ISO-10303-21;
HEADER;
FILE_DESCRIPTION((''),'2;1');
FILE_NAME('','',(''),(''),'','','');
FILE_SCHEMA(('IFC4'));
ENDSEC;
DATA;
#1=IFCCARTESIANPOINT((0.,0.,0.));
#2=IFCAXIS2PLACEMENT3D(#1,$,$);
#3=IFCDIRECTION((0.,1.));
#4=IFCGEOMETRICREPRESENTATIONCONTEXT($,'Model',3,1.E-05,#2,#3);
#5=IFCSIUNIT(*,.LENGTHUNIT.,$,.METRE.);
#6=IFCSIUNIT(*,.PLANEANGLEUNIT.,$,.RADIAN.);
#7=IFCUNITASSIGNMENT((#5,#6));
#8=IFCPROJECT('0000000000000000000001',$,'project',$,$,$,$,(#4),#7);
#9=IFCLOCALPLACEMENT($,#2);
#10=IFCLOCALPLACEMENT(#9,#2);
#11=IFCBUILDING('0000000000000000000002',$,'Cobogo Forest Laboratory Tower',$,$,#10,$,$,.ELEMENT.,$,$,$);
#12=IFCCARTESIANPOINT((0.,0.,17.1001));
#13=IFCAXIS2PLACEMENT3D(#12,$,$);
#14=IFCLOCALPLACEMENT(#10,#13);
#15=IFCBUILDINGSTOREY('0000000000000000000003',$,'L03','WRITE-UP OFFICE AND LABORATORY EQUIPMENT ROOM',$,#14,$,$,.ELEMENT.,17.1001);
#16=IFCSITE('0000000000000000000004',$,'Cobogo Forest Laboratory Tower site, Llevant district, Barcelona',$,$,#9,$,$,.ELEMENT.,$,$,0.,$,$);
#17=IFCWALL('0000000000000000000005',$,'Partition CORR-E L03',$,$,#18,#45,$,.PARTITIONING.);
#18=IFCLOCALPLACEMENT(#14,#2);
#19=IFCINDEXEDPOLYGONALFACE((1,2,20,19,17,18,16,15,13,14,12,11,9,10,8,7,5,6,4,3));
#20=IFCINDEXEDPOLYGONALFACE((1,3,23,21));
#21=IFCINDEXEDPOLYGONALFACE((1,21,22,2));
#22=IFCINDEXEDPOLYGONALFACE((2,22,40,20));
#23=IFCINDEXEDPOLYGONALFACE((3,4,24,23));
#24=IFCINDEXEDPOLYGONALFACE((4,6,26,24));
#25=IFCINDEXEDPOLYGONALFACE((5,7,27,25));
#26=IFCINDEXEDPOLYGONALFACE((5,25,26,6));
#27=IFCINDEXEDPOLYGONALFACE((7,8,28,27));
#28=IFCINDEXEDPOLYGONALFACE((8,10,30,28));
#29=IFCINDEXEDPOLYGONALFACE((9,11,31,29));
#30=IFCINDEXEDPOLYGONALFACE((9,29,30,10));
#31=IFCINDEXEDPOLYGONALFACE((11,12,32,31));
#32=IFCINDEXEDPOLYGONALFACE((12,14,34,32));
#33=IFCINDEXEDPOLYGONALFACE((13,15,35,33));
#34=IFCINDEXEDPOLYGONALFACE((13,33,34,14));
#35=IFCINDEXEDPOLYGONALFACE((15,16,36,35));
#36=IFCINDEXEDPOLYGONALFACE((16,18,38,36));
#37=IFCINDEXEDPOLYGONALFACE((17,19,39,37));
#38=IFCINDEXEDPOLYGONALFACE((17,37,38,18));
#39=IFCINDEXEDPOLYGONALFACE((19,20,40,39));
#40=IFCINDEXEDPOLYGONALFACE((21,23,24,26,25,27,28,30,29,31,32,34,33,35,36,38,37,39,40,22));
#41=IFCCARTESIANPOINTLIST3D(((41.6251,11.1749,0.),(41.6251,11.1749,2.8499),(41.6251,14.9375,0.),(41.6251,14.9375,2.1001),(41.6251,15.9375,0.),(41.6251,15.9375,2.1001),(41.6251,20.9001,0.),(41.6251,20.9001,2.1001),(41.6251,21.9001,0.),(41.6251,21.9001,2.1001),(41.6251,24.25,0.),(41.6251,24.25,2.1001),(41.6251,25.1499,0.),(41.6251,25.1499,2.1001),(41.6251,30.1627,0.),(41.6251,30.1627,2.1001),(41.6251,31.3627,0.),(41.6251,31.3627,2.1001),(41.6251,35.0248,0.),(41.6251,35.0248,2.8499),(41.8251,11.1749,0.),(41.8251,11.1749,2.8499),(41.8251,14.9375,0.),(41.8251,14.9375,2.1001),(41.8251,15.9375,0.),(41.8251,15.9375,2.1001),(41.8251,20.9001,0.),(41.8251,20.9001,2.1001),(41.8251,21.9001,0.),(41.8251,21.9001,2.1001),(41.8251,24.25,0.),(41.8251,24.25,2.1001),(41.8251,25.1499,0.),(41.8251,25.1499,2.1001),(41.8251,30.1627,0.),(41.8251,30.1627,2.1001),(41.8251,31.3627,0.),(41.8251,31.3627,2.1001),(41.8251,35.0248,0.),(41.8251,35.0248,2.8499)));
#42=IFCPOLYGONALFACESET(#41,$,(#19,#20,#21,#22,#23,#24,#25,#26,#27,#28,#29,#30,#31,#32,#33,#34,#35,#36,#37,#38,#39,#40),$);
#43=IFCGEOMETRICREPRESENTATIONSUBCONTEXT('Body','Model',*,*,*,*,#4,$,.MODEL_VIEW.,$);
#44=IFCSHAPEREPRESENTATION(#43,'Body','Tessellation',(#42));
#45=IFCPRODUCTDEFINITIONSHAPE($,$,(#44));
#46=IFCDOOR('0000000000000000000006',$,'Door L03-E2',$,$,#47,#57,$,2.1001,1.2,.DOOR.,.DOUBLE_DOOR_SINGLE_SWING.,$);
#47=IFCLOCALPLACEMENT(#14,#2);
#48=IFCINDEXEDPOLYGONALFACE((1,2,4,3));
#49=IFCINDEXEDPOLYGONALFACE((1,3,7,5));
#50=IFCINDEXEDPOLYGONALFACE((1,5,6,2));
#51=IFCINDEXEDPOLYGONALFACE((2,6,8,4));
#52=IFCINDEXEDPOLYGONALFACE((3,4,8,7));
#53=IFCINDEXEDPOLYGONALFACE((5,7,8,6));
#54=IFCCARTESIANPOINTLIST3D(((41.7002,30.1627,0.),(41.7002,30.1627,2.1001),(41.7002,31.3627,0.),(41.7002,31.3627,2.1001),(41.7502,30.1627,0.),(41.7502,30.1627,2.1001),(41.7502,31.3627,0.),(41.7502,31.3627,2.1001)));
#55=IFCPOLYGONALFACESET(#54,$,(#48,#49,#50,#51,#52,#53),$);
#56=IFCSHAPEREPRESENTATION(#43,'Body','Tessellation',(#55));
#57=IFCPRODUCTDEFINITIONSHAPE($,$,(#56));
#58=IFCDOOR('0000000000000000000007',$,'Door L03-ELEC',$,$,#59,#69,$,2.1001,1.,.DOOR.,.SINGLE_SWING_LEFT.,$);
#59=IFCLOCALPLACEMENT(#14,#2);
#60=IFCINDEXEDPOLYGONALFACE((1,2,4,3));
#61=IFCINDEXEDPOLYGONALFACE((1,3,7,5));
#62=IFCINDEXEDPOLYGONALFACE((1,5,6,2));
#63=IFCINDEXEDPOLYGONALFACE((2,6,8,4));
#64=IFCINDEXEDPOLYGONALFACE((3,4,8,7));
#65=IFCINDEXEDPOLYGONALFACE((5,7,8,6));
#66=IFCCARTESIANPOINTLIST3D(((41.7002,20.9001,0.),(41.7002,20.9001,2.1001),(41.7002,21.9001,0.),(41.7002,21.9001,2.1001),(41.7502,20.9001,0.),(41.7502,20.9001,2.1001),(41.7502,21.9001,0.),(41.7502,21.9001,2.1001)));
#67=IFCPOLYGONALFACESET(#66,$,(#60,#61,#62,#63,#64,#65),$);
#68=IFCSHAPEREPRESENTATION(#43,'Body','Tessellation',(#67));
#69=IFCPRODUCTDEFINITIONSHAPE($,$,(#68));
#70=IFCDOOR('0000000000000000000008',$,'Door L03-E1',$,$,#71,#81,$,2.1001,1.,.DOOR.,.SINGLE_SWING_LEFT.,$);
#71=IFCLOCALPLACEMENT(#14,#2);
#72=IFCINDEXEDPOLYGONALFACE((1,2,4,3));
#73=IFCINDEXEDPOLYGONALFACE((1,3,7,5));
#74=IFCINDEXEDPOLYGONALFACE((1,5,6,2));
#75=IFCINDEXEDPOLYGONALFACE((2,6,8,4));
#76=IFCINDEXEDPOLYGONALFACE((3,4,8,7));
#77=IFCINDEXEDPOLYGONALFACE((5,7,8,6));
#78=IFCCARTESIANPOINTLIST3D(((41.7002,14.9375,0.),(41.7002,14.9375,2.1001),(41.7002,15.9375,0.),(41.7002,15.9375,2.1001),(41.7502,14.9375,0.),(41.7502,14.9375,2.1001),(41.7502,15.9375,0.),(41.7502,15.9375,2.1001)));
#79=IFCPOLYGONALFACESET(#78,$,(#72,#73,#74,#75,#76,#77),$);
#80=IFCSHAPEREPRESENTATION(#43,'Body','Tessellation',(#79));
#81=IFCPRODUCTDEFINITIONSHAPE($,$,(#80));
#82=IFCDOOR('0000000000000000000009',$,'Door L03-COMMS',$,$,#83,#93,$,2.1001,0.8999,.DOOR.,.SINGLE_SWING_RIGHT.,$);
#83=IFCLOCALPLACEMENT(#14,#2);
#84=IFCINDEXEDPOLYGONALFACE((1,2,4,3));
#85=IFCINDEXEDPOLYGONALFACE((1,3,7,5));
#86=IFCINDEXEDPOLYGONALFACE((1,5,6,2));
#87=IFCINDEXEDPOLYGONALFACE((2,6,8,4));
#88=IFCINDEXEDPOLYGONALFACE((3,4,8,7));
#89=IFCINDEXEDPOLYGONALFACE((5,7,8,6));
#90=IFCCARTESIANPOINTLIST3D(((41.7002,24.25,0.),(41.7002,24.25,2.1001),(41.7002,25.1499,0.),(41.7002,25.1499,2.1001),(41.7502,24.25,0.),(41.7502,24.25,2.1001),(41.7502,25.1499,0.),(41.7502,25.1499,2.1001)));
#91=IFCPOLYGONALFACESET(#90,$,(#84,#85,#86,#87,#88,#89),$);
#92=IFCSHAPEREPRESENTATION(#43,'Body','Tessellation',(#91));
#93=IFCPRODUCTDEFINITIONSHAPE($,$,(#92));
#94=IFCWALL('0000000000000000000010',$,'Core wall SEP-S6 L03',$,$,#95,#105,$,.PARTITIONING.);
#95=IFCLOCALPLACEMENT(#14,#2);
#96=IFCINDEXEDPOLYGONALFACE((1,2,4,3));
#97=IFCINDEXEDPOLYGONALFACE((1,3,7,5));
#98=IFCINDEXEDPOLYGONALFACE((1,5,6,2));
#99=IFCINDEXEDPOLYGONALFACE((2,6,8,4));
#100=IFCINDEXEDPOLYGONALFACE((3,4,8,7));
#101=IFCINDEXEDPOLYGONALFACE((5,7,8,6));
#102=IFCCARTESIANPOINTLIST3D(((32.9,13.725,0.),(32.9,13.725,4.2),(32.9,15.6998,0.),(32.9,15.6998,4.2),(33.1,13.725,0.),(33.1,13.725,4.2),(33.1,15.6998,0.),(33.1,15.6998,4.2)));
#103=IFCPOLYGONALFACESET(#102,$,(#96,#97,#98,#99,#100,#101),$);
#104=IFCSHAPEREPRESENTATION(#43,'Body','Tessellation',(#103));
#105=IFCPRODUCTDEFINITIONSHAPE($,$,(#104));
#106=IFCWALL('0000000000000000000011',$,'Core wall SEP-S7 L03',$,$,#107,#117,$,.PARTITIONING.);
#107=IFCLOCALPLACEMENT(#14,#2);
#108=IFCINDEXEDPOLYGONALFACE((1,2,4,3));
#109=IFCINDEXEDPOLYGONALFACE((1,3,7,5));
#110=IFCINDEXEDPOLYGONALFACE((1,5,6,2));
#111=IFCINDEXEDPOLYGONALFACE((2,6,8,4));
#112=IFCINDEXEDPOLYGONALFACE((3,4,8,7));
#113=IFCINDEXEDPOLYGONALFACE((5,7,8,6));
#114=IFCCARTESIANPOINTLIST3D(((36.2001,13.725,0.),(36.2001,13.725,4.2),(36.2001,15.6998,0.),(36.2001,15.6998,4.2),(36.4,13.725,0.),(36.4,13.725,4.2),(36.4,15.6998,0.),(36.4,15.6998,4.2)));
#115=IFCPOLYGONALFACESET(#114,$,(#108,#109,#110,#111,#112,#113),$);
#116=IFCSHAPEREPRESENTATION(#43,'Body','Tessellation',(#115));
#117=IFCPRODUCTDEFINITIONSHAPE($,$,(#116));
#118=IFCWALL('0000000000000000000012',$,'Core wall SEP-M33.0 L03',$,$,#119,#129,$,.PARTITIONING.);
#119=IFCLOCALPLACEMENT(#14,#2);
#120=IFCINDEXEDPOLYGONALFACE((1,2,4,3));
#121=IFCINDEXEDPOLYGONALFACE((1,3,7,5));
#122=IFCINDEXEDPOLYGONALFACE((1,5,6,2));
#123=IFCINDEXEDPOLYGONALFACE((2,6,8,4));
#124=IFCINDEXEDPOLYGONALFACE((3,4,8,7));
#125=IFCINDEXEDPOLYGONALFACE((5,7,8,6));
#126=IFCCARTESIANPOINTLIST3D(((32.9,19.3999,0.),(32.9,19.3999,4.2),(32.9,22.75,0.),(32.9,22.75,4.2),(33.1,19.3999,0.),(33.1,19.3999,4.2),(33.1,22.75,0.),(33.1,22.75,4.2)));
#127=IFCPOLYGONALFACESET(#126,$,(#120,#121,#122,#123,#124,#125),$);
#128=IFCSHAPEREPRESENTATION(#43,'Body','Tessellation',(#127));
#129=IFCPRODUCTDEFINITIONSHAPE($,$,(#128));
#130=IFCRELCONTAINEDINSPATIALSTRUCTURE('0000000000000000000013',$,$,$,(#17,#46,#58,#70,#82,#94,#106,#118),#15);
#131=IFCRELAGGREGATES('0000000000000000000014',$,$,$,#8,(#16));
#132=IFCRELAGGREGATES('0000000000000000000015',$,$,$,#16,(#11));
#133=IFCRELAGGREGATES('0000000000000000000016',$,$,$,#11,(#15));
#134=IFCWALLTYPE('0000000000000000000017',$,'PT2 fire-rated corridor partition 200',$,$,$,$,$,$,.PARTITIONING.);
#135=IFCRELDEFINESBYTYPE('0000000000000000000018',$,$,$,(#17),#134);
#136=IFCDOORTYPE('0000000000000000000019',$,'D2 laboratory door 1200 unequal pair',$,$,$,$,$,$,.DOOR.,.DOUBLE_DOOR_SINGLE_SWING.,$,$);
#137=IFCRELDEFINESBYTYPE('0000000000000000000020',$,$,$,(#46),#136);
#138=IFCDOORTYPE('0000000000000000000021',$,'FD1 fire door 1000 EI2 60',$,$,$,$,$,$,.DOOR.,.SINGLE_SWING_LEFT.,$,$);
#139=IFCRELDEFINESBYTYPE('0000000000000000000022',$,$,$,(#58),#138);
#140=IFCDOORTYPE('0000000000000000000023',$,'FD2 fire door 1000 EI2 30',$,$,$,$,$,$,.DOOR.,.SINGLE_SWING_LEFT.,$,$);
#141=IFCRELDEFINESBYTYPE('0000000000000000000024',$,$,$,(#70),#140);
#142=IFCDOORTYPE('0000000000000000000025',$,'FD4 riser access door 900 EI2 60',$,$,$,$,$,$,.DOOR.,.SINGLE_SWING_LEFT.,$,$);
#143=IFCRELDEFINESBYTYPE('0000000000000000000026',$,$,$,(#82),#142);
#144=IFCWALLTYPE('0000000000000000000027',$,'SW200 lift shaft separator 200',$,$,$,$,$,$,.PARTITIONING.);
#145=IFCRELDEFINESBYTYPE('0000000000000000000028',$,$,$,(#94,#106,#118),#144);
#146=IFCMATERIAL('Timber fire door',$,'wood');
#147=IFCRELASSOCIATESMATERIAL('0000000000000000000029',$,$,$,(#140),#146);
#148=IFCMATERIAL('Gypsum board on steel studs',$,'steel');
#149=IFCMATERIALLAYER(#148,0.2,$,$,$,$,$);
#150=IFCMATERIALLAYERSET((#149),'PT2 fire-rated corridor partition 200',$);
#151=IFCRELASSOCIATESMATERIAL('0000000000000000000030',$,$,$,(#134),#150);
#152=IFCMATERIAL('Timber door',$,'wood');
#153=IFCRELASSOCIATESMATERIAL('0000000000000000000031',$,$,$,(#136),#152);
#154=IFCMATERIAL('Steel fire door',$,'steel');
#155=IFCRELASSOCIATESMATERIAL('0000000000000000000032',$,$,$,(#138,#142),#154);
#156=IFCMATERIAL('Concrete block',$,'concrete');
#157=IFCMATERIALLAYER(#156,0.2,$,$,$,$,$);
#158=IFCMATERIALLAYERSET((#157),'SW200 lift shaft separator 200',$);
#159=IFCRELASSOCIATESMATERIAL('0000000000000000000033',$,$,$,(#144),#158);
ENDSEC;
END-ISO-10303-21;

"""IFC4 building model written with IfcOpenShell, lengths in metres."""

from ifc_helpers import new_model, si_unit, direction, frame, frame_2d, origin, place, context, subcontext, project, spatial, rectangle, extrude, material, layer, layer_set, type_object, element, fill, save


model = new_model("IFC4")

# Units and contexts
model_context = context("Model", 3, precision=1e-05, world=origin(), true_north=direction((0.0, 1.0)))
body_context = subcontext(model_context, "Body", "Model", "MODEL_VIEW")
ifc_project = project(units=[si_unit("LENGTHUNIT", "METRE"), si_unit("PLANEANGLEUNIT", "RADIAN")], contexts=[model_context])

# Site, building, storey
site_placement = place(None, origin())
site = spatial("IfcSite", under=ifc_project, at=site_placement, Name="Cobogo Forest Laboratory Tower site, Llevant district, Barcelona", CompositionType="ELEMENT", RefElevation=0.0)
building_placement = place(site_placement, origin())
building = spatial("IfcBuilding", under=site, at=building_placement, Name="Cobogo Forest Laboratory Tower", CompositionType="ELEMENT")
storey_placement = place(building_placement, frame((0.0, 0.0, 17.1001)))
storey = spatial("IfcBuildingStorey", under=building, at=storey_placement, Name="L03", Description="WRITE-UP OFFICE AND LABORATORY EQUIPMENT ROOM", CompositionType="ELEMENT", Elevation=17.1001)

# Shared definitions
ifc_material_1 = material(Name="Steel fire door", Category="steel")

# Shared definitions
ifc_material_2 = material(Name="Gypsum board on steel studs", Category="steel")
ifc_material_3 = material(Name="Timber fire door", Category="wood")
door_type_1 = type_object("IfcDoorType", Name="FD2 fire door 1000 EI2 30", OperationType="SINGLE_SWING_LEFT", PredefinedType="DOOR", material=ifc_material_3)

# Wall, openings, doors
ifc_layer_1 = layer(ifc_material_2, 0.2)
ifc_layer_set_1 = layer_set([ifc_layer_1], Name="PT2 fire-rated corridor partition 200")
wall_type_1 = type_object("IfcWallType", Name="PT2 fire-rated corridor partition 200", PredefinedType="PARTITIONING", material=ifc_layer_set_1)
wall_1_placement = place(storey_placement, frame((41.7251, 11.175, 0.0), z_axis=(0.0, 0.0, 1.0), x_axis=(0.0, 1.0, 0.0)))
wall_1 = element("IfcWall", 1, at=wall_1_placement, inside=storey, type_object=wall_type_1, Name="Partition CORR-E L03", PredefinedType="PARTITIONING", context=body_context, shape_type="SweptSolid", body=[
    extrude(rectangle(XDim=23.8499, YDim=0.2, at=frame_2d((11.9248, 0.0))), origin(), (0.0, 0.0, 1.0), 2.8499),
])
opening_1_placement = place(wall_1_placement, frame((3.7625, 0.0, 0.0)))
opening_1 = element("IfcOpeningElement", 2, at=opening_1_placement, cuts=wall_1, PredefinedType="OPENING", context=body_context, shape_type="SweptSolid", body=[
    extrude(rectangle(XDim=1.0, YDim=2.1001, at=frame_2d((0.5, 1.05))), frame((0.0, 0.1099, 0.0), z_axis=(0.0, -1.0, 0.0), x_axis=(1.0, 0.0, 0.0)), (0.0, 0.0, 1.0), 0.22),
])
opening_2_placement = place(wall_1_placement, frame((9.7251, 0.0, 0.0)))
opening_2 = element("IfcOpeningElement", 3, at=opening_2_placement, cuts=wall_1, PredefinedType="OPENING", context=body_context, shape_type="SweptSolid", body=[
    extrude(rectangle(XDim=1.0, YDim=2.1001, at=frame_2d((0.5, 1.05))), frame((0.0, 0.1099, 0.0), z_axis=(0.0, -1.0, 0.0), x_axis=(1.0, 0.0, 0.0)), (0.0, 0.0, 1.0), 0.22),
])
opening_3_placement = place(wall_1_placement, frame((13.075, 0.0, 0.0)))
opening_3 = element("IfcOpeningElement", 4, at=opening_3_placement, cuts=wall_1, PredefinedType="OPENING", context=body_context, shape_type="SweptSolid", body=[
    extrude(rectangle(XDim=0.8999, YDim=2.1001, at=frame_2d((0.45, 1.05))), frame((0.0, 0.1099, 0.0), z_axis=(0.0, -1.0, 0.0), x_axis=(1.0, 0.0, 0.0)), (0.0, 0.0, 1.0), 0.22),
])
opening_4_placement = place(wall_1_placement, frame((18.9875, 0.0, 0.0)))
opening_4 = element("IfcOpeningElement", 5, at=opening_4_placement, cuts=wall_1, PredefinedType="OPENING", context=body_context, shape_type="SweptSolid", body=[
    extrude(rectangle(XDim=1.2, YDim=2.1001, at=frame_2d((0.6001, 1.05))), frame((0.0, 0.1099, 0.0), z_axis=(0.0, -1.0, 0.0), x_axis=(1.0, 0.0, 0.0)), (0.0, 0.0, 1.0), 0.22),
])
ifc_material_4 = material(Name="Timber door", Category="wood")
door_type_2 = type_object("IfcDoorType", Name="D2 laboratory door 1200 unequal pair", OperationType="DOUBLE_DOOR_SINGLE_SWING", PredefinedType="DOOR", material=ifc_material_4)
door_1_placement = place(opening_4_placement, origin())
door_1 = element("IfcDoor", 6, at=door_1_placement, inside=storey, type_object=door_type_2, Name="Door L03-E2", OperationType="DOUBLE_DOOR_SINGLE_SWING", OverallHeight=2.1001, OverallWidth=1.2, PredefinedType="DOOR", context=body_context, shape_type="SweptSolid", body=[
    extrude(rectangle(XDim=1.2, YDim=2.1001, at=frame_2d((0.6001, 1.05))), frame((0.0, 0.0249, 0.0), z_axis=(0.0, -1.0, 0.0), x_axis=(1.0, 0.0, 0.0)), (0.0, 0.0, 1.0), 0.05),
])
fill(opening_4, door_1)
door_type_3 = type_object("IfcDoorType", Name="FD1 fire door 1000 EI2 60", OperationType="SINGLE_SWING_LEFT", PredefinedType="DOOR", material=ifc_material_1)
door_2_placement = place(opening_2_placement, origin())
door_2 = element("IfcDoor", 7, at=door_2_placement, inside=storey, type_object=door_type_3, Name="Door L03-ELEC", OperationType="SINGLE_SWING_LEFT", OverallHeight=2.1001, OverallWidth=1.0, PredefinedType="DOOR", context=body_context, shape_type="SweptSolid", body=[
    extrude(rectangle(XDim=1.0, YDim=2.1001, at=frame_2d((0.5, 1.05))), frame((0.0, 0.0249, 0.0), z_axis=(0.0, -1.0, 0.0), x_axis=(1.0, 0.0, 0.0)), (0.0, 0.0, 1.0), 0.05),
])
fill(opening_2, door_2)
door_3_placement = place(opening_1_placement, origin())
door_3 = element("IfcDoor", 8, at=door_3_placement, inside=storey, type_object=door_type_1, Name="Door L03-E1", OperationType="SINGLE_SWING_LEFT", OverallHeight=2.1001, OverallWidth=1.0, PredefinedType="DOOR", context=body_context, shape_type="SweptSolid", body=[
    extrude(rectangle(XDim=1.0, YDim=2.1001, at=frame_2d((0.5, 1.05))), frame((0.0, 0.0249, 0.0), z_axis=(0.0, -1.0, 0.0), x_axis=(1.0, 0.0, 0.0)), (0.0, 0.0, 1.0), 0.05),
])
fill(opening_1, door_3)
door_type_4 = type_object("IfcDoorType", Name="FD4 riser access door 900 EI2 60", OperationType="SINGLE_SWING_LEFT", PredefinedType="DOOR", material=ifc_material_1)
door_4_placement = place(opening_3_placement, origin())
door_4 = element("IfcDoor", 9, at=door_4_placement, inside=storey, type_object=door_type_4, Name="Door L03-COMMS", OperationType="SINGLE_SWING_RIGHT", OverallHeight=2.1001, OverallWidth=0.8999, PredefinedType="DOOR", context=body_context, shape_type="SweptSolid", body=[
    extrude(rectangle(XDim=0.8999, YDim=2.1001, at=frame_2d((0.45, 1.05))), frame((0.0, 0.0249, 0.0), z_axis=(0.0, -1.0, 0.0), x_axis=(1.0, 0.0, 0.0)), (0.0, 0.0, 1.0), 0.05),
])
fill(opening_3, door_4)

# Walls
ifc_material_5 = material(Name="Concrete block", Category="concrete")
ifc_layer_2 = layer(ifc_material_5, 0.2)
ifc_layer_set_2 = layer_set([ifc_layer_2], Name="SW200 lift shaft separator 200")
wall_type_2 = type_object("IfcWallType", Name="SW200 lift shaft separator 200", PredefinedType="PARTITIONING", material=ifc_layer_set_2)
for number, where, z_axis, x_axis, name in (
    (10, (33.0, 13.7251, 0.0), (0.0, 0.0, 1.0), (0.0, 1.0, 0.0), "Core wall SEP-S6 L03"),
    (11, (36.3, 13.7251, 0.0), (0.0, 0.0, 1.0), (0.0, 1.0, 0.0), "Core wall SEP-S7 L03"),
):
    element("IfcWall", number, at=place(storey_placement, frame(where, z_axis=z_axis, x_axis=x_axis)), inside=storey, type_object=wall_type_2, Name=name, PredefinedType="PARTITIONING", context=body_context, shape_type="SweptSolid", body=[
        extrude(rectangle(XDim=1.9749, YDim=0.2, at=frame_2d((0.9873, 0.0))), origin(), (0.0, 0.0, 1.0), 4.2),
    ])
wall_2_placement = place(storey_placement, frame((33.0, 19.3999, 0.0), z_axis=(0.0, 0.0, 1.0), x_axis=(0.0, 1.0, 0.0)))
element("IfcWall", 12, at=wall_2_placement, inside=storey, type_object=wall_type_2, Name="Core wall SEP-M33.0 L03", PredefinedType="PARTITIONING", context=body_context, shape_type="SweptSolid", body=[
    extrude(rectangle(XDim=3.3501, YDim=0.2, at=frame_2d((1.675, 0.0))), origin(), (0.0, 0.0, 1.0), 4.2),
])

save(model, "model.ifc")
